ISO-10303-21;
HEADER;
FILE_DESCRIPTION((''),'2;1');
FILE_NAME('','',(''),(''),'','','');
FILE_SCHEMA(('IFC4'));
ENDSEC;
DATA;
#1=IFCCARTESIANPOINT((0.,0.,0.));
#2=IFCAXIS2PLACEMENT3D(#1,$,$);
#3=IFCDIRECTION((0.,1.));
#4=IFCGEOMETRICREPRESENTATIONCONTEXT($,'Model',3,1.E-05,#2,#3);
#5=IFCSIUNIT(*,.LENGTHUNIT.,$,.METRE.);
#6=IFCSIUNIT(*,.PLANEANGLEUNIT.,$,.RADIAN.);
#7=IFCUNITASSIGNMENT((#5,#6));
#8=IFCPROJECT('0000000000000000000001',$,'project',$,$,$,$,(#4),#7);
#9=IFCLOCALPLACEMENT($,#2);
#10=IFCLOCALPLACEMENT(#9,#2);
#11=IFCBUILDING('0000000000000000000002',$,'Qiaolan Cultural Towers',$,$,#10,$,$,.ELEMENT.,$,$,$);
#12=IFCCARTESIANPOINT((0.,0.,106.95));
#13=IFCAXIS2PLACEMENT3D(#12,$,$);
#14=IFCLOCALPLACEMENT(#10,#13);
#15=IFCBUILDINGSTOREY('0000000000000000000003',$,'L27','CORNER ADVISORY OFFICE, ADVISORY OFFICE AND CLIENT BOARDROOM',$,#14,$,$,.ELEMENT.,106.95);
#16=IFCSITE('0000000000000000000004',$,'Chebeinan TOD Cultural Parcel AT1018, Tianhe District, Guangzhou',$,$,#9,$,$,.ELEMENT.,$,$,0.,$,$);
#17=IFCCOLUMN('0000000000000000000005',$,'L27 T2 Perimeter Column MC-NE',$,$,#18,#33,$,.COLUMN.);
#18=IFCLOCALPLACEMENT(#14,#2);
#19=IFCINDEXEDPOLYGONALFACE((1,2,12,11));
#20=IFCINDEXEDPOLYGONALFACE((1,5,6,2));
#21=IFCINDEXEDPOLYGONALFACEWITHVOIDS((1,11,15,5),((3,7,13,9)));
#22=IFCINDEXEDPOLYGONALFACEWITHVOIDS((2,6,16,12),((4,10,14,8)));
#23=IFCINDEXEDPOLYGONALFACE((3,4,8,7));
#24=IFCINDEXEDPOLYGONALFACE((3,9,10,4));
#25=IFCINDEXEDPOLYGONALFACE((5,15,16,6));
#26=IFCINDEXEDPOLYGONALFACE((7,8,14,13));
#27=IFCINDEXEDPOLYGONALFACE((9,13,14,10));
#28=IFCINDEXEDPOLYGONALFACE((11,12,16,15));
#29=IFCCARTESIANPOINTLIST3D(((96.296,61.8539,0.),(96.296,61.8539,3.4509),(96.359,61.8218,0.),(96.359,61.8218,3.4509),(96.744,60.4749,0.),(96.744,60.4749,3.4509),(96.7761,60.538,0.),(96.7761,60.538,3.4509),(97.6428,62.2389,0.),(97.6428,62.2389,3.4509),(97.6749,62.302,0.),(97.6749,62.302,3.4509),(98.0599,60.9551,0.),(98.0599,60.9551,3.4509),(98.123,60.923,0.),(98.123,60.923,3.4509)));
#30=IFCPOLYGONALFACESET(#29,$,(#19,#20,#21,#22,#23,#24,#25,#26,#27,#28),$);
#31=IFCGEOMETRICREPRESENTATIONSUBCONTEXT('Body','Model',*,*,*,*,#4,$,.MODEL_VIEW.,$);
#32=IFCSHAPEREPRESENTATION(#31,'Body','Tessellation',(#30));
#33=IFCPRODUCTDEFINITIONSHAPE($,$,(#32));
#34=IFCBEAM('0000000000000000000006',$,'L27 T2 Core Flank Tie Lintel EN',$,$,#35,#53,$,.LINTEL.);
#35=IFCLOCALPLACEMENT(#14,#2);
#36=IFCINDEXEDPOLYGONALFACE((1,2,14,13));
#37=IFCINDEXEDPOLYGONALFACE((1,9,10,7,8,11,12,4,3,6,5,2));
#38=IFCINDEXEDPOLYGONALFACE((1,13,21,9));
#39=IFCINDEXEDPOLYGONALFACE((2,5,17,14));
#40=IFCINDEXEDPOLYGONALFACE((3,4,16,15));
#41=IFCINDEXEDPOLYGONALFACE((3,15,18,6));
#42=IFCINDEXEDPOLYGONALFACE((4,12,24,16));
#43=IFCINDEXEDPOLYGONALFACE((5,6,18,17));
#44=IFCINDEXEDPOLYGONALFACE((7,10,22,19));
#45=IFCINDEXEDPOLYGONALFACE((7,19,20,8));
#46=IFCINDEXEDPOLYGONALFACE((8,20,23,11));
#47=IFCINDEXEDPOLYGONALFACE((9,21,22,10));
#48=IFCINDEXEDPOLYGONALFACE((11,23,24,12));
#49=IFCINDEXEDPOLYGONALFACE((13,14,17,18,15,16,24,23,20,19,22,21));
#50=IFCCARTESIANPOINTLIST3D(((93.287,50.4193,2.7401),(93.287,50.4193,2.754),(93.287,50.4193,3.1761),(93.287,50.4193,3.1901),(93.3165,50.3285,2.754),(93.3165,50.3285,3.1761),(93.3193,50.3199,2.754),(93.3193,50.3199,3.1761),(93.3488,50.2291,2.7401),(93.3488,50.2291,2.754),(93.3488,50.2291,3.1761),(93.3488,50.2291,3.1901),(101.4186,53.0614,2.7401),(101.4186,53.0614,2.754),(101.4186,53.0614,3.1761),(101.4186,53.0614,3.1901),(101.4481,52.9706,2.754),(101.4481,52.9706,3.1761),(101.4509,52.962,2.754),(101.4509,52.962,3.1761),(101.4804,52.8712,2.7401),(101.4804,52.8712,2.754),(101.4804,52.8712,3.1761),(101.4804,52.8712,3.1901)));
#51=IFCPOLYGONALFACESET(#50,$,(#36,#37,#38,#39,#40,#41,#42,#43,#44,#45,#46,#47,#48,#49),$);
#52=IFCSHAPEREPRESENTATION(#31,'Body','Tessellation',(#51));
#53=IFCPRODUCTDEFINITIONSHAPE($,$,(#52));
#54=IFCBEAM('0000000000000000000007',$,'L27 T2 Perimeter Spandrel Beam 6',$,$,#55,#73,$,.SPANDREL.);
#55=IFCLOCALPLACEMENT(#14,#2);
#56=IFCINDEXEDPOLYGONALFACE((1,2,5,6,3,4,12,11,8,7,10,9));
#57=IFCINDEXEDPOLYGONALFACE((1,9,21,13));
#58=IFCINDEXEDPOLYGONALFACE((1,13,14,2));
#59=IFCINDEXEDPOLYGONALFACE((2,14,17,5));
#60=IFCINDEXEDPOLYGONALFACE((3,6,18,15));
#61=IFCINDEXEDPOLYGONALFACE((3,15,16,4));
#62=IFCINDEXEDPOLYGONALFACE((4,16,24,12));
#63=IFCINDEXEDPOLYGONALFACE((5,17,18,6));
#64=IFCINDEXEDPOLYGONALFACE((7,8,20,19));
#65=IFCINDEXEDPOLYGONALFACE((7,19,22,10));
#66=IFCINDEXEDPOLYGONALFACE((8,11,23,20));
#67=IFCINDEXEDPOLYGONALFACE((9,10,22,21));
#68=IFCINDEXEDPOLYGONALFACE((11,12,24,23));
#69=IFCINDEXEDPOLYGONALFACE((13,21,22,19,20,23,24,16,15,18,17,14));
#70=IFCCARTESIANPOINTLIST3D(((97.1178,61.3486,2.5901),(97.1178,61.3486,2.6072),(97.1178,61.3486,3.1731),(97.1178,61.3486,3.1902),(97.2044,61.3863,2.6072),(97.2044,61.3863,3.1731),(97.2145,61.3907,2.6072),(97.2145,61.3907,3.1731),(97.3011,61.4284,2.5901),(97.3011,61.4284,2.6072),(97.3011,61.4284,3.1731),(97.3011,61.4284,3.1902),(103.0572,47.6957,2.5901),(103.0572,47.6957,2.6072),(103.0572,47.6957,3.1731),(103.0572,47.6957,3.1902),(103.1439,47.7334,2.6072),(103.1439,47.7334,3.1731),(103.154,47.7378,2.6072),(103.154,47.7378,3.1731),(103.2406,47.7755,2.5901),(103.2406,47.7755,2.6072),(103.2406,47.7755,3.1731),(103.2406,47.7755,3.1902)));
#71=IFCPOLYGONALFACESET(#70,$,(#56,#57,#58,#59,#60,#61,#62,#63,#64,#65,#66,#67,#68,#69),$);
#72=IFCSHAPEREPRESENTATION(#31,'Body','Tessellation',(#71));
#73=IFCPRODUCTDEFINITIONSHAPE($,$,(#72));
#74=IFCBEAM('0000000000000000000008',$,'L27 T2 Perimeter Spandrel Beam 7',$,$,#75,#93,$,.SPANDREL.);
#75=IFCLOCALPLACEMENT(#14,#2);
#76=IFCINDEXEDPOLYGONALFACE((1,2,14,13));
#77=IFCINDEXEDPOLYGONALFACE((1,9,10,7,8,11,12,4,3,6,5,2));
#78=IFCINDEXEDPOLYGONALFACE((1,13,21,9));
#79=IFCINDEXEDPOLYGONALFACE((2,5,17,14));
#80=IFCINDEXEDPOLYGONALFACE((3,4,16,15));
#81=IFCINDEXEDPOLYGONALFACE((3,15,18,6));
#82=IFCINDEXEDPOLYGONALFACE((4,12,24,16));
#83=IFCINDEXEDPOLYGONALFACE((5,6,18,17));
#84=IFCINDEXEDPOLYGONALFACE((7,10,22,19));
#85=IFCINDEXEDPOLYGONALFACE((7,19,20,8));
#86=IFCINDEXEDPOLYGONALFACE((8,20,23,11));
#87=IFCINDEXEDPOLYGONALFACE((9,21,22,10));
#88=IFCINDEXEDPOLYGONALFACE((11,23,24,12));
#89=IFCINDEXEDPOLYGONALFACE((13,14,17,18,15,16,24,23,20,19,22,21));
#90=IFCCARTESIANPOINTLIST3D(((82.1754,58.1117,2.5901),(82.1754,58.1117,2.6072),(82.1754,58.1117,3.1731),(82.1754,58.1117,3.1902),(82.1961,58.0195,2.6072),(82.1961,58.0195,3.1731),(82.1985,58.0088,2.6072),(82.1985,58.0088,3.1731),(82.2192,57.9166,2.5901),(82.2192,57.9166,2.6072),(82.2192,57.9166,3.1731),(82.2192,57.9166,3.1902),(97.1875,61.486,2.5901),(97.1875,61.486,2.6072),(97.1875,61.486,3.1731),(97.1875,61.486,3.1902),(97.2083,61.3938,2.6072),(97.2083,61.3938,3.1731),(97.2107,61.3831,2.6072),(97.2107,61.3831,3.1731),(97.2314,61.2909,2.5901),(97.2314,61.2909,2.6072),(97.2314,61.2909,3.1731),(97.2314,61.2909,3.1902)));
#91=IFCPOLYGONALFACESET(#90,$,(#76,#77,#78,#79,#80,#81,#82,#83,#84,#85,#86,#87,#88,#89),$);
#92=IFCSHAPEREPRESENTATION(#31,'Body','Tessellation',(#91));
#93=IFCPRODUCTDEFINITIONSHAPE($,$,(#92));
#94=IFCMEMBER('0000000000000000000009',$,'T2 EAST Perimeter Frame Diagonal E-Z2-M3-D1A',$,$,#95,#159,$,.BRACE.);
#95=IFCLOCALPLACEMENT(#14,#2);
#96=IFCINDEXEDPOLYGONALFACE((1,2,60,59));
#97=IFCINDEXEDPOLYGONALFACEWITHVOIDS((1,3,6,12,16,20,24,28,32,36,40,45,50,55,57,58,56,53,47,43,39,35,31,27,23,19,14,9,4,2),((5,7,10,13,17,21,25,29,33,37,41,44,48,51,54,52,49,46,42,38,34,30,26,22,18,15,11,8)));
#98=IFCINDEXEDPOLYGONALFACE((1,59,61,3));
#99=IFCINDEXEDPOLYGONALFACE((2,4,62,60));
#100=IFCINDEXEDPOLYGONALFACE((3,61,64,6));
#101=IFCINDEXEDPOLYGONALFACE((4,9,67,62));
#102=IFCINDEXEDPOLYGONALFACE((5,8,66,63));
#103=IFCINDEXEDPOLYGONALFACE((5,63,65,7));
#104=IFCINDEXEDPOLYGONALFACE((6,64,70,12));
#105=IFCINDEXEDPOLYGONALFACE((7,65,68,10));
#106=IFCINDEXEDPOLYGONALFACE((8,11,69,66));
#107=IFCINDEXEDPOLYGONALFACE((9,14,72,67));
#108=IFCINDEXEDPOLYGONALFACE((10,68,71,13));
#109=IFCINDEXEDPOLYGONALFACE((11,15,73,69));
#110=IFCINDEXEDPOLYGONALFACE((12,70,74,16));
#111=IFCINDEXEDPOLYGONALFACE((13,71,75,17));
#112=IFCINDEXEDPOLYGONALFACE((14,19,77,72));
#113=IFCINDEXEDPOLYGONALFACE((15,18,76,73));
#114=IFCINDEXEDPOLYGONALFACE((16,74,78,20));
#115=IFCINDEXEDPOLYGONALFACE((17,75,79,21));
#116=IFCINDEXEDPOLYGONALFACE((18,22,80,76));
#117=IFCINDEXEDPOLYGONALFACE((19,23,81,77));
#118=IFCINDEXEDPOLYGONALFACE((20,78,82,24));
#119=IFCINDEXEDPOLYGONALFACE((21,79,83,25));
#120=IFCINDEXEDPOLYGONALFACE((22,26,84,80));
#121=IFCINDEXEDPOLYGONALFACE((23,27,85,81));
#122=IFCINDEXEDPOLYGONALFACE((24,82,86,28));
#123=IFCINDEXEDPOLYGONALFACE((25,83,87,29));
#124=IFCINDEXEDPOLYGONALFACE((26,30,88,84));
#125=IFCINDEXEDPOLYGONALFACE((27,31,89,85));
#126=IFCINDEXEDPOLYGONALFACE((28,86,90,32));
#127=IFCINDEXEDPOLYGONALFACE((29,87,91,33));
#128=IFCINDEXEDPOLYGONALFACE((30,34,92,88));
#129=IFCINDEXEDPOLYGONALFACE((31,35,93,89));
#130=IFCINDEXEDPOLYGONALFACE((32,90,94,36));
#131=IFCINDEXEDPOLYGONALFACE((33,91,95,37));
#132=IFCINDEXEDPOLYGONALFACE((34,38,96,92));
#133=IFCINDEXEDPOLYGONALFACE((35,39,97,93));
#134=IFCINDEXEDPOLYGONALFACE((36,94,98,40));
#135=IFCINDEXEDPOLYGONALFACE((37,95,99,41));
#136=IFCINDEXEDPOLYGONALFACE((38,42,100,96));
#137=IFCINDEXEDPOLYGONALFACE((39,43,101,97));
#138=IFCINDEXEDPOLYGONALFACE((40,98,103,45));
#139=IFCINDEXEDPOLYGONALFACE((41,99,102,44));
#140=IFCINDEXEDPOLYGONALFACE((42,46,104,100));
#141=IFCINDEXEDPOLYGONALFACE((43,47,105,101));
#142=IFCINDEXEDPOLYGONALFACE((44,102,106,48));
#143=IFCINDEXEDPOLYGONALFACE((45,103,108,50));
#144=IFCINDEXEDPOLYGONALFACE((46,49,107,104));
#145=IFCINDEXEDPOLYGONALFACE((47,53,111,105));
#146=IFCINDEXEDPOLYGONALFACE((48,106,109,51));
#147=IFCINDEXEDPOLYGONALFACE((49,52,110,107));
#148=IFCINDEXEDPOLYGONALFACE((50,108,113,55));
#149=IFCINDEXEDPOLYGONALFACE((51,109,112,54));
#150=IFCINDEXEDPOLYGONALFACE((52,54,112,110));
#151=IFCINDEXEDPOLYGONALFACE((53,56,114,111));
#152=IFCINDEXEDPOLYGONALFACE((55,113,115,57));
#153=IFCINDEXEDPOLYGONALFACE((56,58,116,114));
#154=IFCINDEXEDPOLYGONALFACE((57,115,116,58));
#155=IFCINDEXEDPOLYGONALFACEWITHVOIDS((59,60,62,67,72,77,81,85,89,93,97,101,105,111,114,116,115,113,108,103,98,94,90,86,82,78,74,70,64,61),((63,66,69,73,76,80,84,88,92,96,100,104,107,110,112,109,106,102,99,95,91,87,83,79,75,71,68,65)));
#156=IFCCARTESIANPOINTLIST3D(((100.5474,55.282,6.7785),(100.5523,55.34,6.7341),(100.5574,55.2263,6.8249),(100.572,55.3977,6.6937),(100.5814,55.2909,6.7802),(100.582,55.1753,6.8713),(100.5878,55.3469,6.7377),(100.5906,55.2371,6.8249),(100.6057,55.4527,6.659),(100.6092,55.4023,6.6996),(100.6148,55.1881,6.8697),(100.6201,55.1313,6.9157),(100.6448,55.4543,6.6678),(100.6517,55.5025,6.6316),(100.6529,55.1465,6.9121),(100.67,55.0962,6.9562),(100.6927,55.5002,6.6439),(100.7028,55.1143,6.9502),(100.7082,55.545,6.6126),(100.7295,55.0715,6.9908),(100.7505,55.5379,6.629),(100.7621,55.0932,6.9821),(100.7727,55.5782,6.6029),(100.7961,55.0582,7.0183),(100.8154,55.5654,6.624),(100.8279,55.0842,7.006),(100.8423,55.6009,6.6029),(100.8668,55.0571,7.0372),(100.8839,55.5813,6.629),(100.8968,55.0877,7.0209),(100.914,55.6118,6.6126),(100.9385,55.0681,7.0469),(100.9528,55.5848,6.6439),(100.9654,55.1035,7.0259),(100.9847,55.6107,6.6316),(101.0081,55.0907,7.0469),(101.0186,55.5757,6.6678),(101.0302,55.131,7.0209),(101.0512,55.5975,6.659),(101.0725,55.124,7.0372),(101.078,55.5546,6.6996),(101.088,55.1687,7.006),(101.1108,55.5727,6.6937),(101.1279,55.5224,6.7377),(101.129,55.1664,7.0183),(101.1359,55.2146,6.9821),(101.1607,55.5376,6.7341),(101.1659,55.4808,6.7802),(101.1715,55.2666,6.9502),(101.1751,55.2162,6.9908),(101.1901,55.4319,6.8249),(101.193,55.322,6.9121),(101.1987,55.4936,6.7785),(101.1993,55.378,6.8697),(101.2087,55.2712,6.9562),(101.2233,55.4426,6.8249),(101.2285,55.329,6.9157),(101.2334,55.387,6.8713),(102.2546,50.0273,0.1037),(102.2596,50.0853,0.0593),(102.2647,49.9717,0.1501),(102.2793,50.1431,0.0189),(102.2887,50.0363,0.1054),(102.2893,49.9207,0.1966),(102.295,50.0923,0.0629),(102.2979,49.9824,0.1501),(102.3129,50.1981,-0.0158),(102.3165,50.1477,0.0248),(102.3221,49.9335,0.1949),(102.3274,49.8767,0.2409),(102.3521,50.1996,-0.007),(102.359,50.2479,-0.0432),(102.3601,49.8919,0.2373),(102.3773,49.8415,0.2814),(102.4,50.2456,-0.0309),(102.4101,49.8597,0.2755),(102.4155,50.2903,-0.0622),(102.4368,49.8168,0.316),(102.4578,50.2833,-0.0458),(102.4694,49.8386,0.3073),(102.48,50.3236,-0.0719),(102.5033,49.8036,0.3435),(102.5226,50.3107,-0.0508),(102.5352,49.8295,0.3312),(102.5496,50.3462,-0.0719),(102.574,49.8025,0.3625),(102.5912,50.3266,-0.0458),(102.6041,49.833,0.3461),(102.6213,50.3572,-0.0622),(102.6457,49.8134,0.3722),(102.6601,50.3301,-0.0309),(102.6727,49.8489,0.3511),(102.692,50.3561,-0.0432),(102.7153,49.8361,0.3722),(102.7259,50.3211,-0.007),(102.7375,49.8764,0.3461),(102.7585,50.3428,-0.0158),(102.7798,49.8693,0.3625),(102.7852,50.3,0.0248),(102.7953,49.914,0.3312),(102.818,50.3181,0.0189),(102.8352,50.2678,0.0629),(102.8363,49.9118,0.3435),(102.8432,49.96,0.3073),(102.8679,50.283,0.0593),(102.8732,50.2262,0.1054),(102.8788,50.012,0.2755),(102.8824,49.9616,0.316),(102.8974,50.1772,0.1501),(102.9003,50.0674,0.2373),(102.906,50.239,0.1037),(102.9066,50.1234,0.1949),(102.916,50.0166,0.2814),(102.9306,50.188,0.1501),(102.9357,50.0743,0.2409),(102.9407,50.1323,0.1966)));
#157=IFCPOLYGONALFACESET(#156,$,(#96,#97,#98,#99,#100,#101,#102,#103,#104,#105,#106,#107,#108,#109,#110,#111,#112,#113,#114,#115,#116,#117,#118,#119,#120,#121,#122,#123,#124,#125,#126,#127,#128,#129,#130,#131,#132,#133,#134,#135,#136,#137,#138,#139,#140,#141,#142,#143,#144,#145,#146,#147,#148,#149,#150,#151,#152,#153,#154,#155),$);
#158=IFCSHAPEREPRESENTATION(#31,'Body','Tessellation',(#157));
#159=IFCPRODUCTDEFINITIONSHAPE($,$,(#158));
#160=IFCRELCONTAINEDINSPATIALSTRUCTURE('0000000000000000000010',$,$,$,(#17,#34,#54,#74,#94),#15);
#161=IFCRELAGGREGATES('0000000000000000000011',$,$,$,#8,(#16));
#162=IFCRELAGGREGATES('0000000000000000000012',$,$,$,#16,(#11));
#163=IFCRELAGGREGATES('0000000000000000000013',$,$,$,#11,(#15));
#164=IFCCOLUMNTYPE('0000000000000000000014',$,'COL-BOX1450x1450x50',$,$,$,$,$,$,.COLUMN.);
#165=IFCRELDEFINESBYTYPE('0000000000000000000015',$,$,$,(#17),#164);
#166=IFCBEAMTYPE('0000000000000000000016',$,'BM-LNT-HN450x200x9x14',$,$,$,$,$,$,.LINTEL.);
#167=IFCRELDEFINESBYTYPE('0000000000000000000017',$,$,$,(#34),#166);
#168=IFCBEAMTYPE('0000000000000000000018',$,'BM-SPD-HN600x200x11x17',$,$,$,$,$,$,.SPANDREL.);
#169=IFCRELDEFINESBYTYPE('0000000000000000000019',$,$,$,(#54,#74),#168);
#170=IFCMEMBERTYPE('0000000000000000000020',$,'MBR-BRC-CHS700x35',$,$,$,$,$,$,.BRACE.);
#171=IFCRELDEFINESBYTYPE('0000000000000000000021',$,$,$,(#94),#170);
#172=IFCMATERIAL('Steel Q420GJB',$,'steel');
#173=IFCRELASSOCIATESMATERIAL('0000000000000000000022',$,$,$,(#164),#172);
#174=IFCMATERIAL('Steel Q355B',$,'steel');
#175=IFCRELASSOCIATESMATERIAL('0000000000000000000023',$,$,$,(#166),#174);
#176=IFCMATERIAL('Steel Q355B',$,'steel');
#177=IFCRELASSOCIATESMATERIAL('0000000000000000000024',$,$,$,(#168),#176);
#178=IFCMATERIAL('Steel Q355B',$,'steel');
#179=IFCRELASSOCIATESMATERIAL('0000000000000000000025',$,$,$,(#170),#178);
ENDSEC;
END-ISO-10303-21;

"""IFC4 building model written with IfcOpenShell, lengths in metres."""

from ifc_helpers import new_model, si_unit, direction, frame, origin, origin_2d, place, context, subcontext, project, spatial, hollow_rectangle, hollow_circle, i_section, extrude, material, material_profile, profile_set, type_object, element, save


model = new_model("IFC4")

# Units and contexts
model_context = context("Model", 3, precision=1e-05, world=origin(), true_north=direction((0.0, 1.0)))
body_context = subcontext(model_context, "Body", "Model", "MODEL_VIEW")
ifc_project = project(units=[si_unit("LENGTHUNIT", "METRE"), si_unit("PLANEANGLEUNIT", "RADIAN")], contexts=[model_context])

# Site, building, storey
site_placement = place(None, origin())
site = spatial("IfcSite", under=ifc_project, at=site_placement, Name="Chebeinan TOD Cultural Parcel AT1018, Tianhe District, Guangzhou", CompositionType="ELEMENT", RefElevation=0.0)
building_placement = place(site_placement, origin())
building = spatial("IfcBuilding", under=site, at=building_placement, Name="Qiaolan Cultural Towers", CompositionType="ELEMENT")
storey_placement = place(building_placement, frame((0.0, 0.0, 106.95)))
storey = spatial("IfcBuildingStorey", under=building, at=storey_placement, Name="L27", Description="CORNER ADVISORY OFFICE, ADVISORY OFFICE AND CLIENT BOARDROOM", CompositionType="ELEMENT", Elevation=106.95)

# Column
ifc_material_1 = material(Name="Steel Q420GJB", Category="steel")
ifc_material_profile_1 = material_profile(ifc_material_1, hollow_rectangle(XDim=1.45, YDim=1.45, WallThickness=0.05, at=origin_2d()), Name="BOX1450x1450x50")
ifc_profile_set_1 = profile_set([ifc_material_profile_1], Name="Steel Q420GJB")
column_type = type_object("IfcColumnType", Name="COL-BOX1450x1450x50", PredefinedType="COLUMN", material=ifc_profile_set_1)
column_placement = place(storey_placement, frame((97.2095, 61.3884, 0.0), z_axis=(0.0, 0.0, 1.0), x_axis=(0.951057, 0.309017, 0.0)))
element("IfcColumn", 1, at=column_placement, inside=storey, type_object=column_type, Name="L27 T2 Perimeter Column MC-NE", PredefinedType="COLUMN", context=body_context, shape_type="SweptSolid", body=[
    extrude(hollow_rectangle(XDim=1.45, YDim=1.45, WallThickness=0.05, at=origin_2d()), origin(), (0.0, 0.0, 1.0), 3.4509),
])

# Beams
ifc_material_2 = material(Name="Steel Q355B", Category="steel")
ifc_material_profile_2 = material_profile(ifc_material_2, i_section(OverallWidth=0.2, OverallDepth=0.45, WebThickness=0.009, FlangeThickness=0.0139, at=origin_2d()), Name="HN450x200x9x14")
ifc_profile_set_2 = profile_set([ifc_material_profile_2], Name="Steel Q355B")
beam_type_1 = type_object("IfcBeamType", Name="BM-LNT-HN450x200x9x14", PredefinedType="LINTEL", material=ifc_profile_set_2)
beam_1_placement = place(storey_placement, frame((93.3179, 50.3242, 2.9651), z_axis=(0.951057, 0.309014, 0.0), x_axis=(-0.309014, 0.951057, 0.0)))
element("IfcBeam", 2, at=beam_1_placement, inside=storey, type_object=beam_type_1, Name="L27 T2 Core Flank Tie Lintel EN", PredefinedType="LINTEL", context=body_context, shape_type="SweptSolid", body=[
    extrude(i_section(OverallWidth=0.2, OverallDepth=0.45, WebThickness=0.009, FlangeThickness=0.0139, at=origin_2d()), origin(), (0.0, 0.0, 1.0), 8.55),
])
ifc_material_3 = material(Name="Steel Q355B", Category="steel")
ifc_material_profile_3 = material_profile(ifc_material_3, i_section(OverallWidth=0.2, OverallDepth=0.6001, WebThickness=0.011, FlangeThickness=0.0171, at=origin_2d()), Name="HN600x200x11x17")
ifc_profile_set_3 = profile_set([ifc_material_profile_3], Name="Steel Q355B")
beam_type_2 = type_object("IfcBeamType", Name="BM-SPD-HN600x200x11x17", PredefinedType="SPANDREL", material=ifc_profile_set_3)
beam_2_placement = place(storey_placement, frame((103.1489, 47.7356, 2.8901), z_axis=(-0.39892, 0.916986, 0.0), x_axis=(-0.916986, -0.39892, 0.0)))
element("IfcBeam", 3, at=beam_2_placement, inside=storey, type_object=beam_type_2, Name="L27 T2 Perimeter Spandrel Beam 6", PredefinedType="SPANDREL", context=body_context, shape_type="SweptSolid", body=[
    extrude(i_section(OverallWidth=0.2, OverallDepth=0.6001, WebThickness=0.011, FlangeThickness=0.0171, at=origin_2d()), origin(), (0.0, 0.0, 1.0), 14.8889),
])
beam_3_placement = place(storey_placement, frame((97.2095, 61.3884, 2.8901), z_axis=(-0.975658, -0.219297, 0.0), x_axis=(0.219297, -0.975658, 0.0)))
element("IfcBeam", 4, at=beam_3_placement, inside=storey, type_object=beam_type_2, Name="L27 T2 Perimeter Spandrel Beam 7", PredefinedType="SPANDREL", context=body_context, shape_type="SweptSolid", body=[
    extrude(i_section(OverallWidth=0.2, OverallDepth=0.6001, WebThickness=0.011, FlangeThickness=0.0171, at=origin_2d()), origin(), (0.0, 0.0, 1.0), 15.3867),
])

# Member
ifc_material_4 = material(Name="Steel Q355B", Category="steel")
ifc_material_profile_4 = material_profile(ifc_material_4, hollow_circle(Radius=0.3501, WallThickness=0.0349, at=origin_2d()), Name="CHS700x35")
ifc_profile_set_4 = profile_set([ifc_material_profile_4], Name="Steel Q355B")
member_type = type_object("IfcMemberType", Name="MBR-BRC-CHS700x35", PredefinedType="BRACE", material=ifc_profile_set_4)
member_1_placement = place(storey_placement, frame((102.5977, 50.0798, 0.1501), z_axis=(-0.197035, 0.606434, 0.770334), x_axis=(-0.95106, -0.309007, 0.0)))
element("IfcMember", 5, at=member_1_placement, inside=storey, type_object=member_type, Name="T2 EAST Perimeter Frame Diagonal E-Z2-M3-D1A", PredefinedType="BRACE", context=body_context, shape_type="SweptSolid", body=[
    extrude(hollow_circle(Radius=0.3501, WallThickness=0.0349, at=origin_2d()), origin(), (0.0, 0.0, 1.0), 8.6648),
])

save(model, "model.ifc")
